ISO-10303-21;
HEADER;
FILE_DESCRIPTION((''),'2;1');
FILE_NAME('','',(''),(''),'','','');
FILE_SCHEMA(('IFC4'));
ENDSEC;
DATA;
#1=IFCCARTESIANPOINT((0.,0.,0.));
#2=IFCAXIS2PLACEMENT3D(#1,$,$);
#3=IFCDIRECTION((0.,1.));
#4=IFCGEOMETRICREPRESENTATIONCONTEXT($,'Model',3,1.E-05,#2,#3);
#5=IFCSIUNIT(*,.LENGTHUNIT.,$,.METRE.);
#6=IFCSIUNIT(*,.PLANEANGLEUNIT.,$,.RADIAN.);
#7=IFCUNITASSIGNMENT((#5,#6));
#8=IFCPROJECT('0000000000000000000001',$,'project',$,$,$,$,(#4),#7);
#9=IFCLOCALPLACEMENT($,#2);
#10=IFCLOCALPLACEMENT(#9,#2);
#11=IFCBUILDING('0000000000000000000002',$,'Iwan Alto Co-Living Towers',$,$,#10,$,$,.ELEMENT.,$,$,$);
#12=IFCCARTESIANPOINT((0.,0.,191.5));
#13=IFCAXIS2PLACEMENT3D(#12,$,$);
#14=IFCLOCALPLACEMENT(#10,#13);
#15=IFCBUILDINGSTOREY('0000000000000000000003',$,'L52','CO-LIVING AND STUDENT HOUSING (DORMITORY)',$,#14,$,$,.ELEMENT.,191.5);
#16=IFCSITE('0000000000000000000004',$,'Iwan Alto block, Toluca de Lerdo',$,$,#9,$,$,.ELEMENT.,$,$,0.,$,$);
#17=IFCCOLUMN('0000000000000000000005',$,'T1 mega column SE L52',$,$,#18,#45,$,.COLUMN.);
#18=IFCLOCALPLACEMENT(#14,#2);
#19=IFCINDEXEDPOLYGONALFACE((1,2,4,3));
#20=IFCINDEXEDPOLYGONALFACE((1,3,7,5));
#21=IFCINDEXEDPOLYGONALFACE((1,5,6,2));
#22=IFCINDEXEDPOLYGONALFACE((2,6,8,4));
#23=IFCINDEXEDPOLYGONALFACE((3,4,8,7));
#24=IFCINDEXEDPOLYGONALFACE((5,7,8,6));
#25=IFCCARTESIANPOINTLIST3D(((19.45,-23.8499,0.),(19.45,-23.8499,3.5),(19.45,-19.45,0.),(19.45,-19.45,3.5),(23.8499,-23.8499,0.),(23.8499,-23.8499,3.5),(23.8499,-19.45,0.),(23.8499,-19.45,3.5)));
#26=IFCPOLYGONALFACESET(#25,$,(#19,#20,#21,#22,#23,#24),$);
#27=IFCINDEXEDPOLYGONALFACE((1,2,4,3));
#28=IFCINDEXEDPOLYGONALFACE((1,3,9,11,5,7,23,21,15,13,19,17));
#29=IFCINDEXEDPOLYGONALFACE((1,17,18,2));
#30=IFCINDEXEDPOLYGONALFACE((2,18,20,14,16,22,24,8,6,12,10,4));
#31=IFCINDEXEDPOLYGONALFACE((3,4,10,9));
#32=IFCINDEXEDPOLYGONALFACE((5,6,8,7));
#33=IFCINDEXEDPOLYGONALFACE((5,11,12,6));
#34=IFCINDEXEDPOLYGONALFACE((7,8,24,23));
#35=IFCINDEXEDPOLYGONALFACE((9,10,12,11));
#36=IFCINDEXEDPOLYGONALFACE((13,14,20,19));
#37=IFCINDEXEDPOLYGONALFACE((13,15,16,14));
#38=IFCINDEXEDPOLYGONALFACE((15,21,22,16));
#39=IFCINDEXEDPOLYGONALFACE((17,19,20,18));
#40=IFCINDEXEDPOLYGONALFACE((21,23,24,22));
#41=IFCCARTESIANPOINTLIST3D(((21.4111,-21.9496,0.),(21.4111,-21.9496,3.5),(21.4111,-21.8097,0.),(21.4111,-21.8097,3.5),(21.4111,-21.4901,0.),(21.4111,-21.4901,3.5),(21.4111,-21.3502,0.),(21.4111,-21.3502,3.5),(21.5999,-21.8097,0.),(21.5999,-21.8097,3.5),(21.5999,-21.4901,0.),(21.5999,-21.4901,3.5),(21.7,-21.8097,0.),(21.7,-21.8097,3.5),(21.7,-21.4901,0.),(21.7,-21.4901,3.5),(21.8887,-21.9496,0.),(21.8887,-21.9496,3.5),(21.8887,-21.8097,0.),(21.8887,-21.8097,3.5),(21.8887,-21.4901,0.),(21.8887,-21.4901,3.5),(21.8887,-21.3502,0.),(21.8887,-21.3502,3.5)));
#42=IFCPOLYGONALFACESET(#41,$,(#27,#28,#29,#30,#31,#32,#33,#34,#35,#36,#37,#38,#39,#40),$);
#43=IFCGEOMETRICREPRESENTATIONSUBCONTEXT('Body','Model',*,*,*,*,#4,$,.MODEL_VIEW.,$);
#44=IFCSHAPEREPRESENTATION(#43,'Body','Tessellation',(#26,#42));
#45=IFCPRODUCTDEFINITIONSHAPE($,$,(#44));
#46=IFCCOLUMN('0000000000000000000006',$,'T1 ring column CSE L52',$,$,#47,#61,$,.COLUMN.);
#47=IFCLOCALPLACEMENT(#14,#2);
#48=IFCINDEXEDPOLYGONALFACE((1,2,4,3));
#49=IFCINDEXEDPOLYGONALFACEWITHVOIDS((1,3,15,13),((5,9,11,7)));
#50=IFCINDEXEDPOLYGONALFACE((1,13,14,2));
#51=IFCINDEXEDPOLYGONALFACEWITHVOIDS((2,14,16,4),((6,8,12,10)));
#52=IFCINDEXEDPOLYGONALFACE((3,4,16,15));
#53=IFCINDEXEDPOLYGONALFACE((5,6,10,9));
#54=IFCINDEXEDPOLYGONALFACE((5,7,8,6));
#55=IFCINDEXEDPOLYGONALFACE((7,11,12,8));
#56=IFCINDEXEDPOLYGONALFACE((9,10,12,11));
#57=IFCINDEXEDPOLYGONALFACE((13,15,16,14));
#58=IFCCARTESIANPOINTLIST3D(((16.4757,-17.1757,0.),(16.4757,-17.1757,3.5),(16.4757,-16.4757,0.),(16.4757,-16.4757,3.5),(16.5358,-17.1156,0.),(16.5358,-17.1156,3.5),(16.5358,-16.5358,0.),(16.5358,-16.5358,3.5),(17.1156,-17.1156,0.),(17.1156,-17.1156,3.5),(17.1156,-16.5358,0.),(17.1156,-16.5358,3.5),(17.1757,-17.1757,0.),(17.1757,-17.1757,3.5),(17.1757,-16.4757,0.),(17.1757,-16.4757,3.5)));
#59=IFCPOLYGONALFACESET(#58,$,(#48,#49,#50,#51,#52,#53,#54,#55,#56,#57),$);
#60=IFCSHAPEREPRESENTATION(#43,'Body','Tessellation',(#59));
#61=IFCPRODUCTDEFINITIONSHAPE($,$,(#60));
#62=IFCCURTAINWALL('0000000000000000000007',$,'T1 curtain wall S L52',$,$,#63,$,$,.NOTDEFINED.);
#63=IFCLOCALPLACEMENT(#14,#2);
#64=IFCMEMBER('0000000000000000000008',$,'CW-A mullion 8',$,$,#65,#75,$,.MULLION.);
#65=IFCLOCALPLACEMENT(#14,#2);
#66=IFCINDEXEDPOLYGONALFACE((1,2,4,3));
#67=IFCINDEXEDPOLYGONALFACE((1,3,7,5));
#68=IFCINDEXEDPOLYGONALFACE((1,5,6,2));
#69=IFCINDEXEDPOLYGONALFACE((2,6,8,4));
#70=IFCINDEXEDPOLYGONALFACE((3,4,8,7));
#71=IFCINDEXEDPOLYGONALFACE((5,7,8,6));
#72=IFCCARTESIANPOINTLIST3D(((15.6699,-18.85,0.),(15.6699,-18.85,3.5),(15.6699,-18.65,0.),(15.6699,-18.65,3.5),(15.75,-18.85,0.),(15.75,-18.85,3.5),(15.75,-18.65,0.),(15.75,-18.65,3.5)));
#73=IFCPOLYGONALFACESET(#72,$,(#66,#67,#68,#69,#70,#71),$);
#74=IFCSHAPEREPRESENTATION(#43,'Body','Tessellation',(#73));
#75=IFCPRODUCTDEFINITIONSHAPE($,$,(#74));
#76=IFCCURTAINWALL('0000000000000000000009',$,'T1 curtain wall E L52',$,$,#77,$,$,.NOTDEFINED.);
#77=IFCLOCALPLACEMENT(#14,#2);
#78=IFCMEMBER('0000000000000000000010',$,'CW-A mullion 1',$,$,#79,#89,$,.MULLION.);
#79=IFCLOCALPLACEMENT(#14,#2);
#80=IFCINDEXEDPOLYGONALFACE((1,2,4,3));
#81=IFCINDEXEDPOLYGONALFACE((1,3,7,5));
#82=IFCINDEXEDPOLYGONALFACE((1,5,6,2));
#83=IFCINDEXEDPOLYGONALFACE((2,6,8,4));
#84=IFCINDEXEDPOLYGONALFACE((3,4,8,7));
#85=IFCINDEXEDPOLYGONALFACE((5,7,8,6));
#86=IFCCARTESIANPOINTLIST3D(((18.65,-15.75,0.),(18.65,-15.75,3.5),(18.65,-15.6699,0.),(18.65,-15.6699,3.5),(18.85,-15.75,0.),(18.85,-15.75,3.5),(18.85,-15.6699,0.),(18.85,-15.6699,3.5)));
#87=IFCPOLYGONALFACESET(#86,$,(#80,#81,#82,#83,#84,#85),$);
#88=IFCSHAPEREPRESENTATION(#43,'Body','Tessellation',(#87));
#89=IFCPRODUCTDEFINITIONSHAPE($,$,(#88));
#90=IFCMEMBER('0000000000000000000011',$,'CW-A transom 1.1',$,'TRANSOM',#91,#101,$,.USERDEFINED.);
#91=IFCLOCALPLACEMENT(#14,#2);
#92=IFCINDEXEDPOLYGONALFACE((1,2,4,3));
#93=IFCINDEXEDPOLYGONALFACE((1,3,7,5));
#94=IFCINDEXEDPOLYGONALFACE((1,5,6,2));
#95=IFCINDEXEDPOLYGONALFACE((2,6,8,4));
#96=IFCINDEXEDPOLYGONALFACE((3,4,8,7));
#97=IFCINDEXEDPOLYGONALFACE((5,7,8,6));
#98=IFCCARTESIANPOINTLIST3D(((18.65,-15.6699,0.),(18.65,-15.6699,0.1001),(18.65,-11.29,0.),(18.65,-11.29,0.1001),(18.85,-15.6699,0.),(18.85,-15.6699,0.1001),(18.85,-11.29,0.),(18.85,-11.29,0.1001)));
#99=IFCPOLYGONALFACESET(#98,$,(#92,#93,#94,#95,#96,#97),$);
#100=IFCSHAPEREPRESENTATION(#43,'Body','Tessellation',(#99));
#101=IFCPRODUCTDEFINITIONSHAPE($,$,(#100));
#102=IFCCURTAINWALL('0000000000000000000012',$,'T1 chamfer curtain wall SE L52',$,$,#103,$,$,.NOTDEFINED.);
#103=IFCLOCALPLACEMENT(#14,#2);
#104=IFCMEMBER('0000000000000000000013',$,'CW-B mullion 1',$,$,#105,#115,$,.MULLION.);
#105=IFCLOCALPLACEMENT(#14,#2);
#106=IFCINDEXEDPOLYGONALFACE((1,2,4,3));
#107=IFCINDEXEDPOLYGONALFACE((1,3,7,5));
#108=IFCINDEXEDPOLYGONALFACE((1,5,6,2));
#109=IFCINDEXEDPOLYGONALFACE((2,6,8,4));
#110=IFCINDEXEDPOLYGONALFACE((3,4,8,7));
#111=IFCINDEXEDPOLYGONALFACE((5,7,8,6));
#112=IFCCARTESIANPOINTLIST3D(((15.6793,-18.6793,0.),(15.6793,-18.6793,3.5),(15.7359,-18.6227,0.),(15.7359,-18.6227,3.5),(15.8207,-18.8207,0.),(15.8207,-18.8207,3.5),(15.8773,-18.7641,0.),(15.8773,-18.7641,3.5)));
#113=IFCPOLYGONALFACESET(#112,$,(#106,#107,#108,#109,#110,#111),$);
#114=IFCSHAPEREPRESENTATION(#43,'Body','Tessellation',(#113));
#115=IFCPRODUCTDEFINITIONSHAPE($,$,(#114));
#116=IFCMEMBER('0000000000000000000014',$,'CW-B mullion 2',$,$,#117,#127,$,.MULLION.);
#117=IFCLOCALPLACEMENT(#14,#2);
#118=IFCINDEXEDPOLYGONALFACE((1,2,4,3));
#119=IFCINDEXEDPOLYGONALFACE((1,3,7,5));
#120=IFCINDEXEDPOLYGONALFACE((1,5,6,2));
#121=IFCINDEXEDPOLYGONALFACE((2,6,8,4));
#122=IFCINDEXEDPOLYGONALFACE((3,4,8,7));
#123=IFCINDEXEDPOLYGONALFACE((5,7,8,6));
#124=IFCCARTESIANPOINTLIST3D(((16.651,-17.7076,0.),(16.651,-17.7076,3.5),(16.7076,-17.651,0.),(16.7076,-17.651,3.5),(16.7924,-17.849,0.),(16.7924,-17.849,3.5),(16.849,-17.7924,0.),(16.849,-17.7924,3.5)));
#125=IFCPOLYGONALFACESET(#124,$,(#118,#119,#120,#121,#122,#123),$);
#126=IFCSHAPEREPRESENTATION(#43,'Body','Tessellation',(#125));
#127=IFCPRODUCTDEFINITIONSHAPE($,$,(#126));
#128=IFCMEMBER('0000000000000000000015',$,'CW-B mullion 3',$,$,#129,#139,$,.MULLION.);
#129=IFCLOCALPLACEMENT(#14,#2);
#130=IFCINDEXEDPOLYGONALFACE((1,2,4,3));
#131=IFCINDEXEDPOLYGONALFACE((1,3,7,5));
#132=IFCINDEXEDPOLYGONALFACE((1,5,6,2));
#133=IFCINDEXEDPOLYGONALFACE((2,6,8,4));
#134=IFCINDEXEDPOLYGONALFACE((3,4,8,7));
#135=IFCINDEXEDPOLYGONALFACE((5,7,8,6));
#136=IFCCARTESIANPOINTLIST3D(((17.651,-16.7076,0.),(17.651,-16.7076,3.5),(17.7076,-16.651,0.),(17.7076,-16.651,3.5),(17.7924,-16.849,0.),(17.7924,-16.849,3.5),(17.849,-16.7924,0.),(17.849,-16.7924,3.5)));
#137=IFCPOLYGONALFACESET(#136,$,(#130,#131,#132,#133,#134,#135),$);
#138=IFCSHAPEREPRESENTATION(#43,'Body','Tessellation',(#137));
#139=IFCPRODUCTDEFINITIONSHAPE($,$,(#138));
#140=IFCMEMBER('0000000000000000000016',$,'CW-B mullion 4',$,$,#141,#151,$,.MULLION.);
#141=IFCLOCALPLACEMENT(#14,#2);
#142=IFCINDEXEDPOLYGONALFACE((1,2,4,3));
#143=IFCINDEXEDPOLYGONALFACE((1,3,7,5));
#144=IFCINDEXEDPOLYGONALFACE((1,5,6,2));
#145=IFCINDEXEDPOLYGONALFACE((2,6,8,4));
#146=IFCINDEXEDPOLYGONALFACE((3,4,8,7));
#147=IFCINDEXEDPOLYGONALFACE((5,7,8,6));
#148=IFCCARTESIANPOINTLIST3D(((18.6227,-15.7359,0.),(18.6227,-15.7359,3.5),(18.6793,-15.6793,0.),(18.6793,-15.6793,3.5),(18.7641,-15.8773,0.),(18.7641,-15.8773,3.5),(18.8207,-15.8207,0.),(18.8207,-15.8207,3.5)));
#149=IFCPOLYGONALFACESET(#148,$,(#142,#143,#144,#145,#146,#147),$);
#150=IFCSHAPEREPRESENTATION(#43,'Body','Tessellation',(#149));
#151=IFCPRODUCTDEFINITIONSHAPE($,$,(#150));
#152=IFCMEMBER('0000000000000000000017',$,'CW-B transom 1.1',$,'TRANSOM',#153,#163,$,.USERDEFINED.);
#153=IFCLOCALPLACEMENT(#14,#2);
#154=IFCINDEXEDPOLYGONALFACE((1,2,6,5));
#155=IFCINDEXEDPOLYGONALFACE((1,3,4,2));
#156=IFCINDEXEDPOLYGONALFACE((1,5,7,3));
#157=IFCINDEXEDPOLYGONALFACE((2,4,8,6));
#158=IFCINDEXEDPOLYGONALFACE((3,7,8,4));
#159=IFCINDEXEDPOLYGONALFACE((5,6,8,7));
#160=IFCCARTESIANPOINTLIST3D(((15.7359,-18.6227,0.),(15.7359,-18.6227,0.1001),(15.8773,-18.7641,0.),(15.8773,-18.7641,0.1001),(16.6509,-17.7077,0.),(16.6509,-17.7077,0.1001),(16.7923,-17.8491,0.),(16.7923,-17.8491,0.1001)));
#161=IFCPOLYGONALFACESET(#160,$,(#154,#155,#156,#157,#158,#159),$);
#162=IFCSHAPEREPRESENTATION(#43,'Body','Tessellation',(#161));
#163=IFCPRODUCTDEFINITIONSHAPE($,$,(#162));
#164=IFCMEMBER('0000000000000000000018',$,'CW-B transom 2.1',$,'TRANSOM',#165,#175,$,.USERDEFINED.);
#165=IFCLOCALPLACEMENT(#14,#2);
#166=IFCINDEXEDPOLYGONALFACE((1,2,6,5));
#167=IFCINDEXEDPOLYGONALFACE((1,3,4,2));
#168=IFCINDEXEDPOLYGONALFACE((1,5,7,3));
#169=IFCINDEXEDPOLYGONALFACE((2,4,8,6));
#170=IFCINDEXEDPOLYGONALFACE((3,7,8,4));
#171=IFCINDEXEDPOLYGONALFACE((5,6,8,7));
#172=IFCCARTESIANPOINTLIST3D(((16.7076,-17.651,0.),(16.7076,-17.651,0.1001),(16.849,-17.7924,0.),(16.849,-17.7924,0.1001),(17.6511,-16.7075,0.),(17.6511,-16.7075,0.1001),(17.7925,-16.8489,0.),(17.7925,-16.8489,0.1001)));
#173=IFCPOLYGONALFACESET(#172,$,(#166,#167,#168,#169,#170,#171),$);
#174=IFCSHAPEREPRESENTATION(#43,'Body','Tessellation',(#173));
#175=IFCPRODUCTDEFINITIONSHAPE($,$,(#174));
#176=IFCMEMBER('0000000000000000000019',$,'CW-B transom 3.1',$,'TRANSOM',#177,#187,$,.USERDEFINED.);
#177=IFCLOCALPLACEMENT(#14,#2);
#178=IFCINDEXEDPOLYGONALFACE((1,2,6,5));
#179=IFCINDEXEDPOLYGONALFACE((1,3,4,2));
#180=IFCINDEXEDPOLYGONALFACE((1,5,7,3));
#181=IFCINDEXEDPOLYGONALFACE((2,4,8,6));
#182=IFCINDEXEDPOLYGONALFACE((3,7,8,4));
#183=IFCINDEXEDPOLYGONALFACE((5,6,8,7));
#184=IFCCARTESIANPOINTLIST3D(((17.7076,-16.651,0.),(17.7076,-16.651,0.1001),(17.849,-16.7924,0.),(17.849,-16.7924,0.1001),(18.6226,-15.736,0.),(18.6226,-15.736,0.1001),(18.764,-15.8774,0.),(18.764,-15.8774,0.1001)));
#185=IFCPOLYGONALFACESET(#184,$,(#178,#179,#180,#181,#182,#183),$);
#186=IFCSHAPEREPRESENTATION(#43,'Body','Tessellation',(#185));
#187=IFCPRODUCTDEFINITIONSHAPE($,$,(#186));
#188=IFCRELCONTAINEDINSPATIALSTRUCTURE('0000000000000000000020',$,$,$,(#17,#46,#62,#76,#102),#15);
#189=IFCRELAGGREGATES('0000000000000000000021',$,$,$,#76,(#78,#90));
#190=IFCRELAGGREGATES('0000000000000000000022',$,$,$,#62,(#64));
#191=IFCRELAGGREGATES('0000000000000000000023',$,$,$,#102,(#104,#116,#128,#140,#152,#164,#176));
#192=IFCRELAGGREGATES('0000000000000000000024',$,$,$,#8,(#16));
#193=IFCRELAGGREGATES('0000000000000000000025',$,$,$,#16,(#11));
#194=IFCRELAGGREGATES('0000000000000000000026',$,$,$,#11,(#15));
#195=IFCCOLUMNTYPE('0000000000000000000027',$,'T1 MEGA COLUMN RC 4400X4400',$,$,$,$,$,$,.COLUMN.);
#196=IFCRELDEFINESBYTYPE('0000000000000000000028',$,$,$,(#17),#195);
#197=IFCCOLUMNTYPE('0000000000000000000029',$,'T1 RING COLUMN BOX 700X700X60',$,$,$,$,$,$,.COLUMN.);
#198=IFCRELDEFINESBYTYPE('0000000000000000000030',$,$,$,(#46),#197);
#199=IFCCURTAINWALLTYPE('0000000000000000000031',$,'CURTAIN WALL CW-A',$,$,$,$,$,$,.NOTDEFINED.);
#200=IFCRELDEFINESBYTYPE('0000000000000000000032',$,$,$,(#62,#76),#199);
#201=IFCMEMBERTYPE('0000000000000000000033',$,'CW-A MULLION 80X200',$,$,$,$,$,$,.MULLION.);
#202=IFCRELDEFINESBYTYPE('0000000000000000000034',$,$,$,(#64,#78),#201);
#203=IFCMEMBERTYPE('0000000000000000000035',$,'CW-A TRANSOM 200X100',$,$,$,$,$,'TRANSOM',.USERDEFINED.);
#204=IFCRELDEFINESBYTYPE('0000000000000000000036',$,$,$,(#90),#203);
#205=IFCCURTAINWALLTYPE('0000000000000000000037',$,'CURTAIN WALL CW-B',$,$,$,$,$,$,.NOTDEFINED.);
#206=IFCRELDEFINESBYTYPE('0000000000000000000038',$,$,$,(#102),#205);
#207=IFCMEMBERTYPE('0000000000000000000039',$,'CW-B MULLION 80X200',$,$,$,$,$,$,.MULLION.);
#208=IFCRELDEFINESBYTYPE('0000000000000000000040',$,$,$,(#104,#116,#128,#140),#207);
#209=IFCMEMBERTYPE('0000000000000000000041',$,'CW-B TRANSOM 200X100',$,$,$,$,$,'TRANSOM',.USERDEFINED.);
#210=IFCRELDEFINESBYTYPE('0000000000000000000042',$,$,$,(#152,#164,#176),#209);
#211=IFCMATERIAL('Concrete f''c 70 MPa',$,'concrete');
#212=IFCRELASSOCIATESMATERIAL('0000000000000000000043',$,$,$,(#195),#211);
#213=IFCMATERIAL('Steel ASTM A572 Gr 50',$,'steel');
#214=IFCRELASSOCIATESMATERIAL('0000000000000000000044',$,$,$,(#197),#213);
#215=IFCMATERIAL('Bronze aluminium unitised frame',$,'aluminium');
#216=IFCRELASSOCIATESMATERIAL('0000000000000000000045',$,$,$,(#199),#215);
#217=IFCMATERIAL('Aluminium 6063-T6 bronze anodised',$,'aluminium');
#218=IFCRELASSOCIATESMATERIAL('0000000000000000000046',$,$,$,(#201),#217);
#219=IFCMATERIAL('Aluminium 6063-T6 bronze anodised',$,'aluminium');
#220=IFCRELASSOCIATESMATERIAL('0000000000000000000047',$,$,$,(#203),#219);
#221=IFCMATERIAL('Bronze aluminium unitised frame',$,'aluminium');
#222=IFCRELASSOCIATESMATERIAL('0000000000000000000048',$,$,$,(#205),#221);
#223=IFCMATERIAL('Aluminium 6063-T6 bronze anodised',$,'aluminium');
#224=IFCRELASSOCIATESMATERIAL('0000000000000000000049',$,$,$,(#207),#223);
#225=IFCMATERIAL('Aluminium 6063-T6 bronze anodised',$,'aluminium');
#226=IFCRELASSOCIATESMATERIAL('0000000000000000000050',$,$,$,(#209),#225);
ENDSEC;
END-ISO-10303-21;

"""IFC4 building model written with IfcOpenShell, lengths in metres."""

from ifc_helpers import new_model, si_unit, direction, frame, origin, origin_2d, place, context, subcontext, project, spatial, rectangle, hollow_rectangle, i_section, extrude, material, material_profile, profile_set, type_object, element, aggregate, save


model = new_model("IFC4")

# Units and contexts
model_context = context("Model", 3, precision=1e-05, world=origin(), true_north=direction((0.0, 1.0)))
body_context = subcontext(model_context, "Body", "Model", "MODEL_VIEW")
ifc_project = project(units=[si_unit("LENGTHUNIT", "METRE"), si_unit("PLANEANGLEUNIT", "RADIAN")], contexts=[model_context])

# Site, building, storey
site_placement = place(None, origin())
site = spatial("IfcSite", under=ifc_project, at=site_placement, Name="Iwan Alto block, Toluca de Lerdo", CompositionType="ELEMENT", RefElevation=0.0)
building_placement = place(site_placement, origin())
building = spatial("IfcBuilding", under=site, at=building_placement, Name="Iwan Alto Co-Living Towers", CompositionType="ELEMENT")
storey_placement = place(building_placement, frame((0.0, 0.0, 191.5)))
storey = spatial("IfcBuildingStorey", under=building, at=storey_placement, Name="L52", Description="CO-LIVING AND STUDENT HOUSING (DORMITORY)", CompositionType="ELEMENT", Elevation=191.5)

# Columns
ifc_material_1 = material(Name="Concrete f'c 70 MPa", Category="concrete")
ifc_material_profile_1 = material_profile(ifc_material_1, rectangle(XDim=4.3999, YDim=4.3999, at=origin_2d()), Name="RC 4400X4400")
ifc_profile_set_1 = profile_set([ifc_material_profile_1], Name="Concrete f'c 70 MPa")
column_type_1 = type_object("IfcColumnType", Name="T1 MEGA COLUMN RC 4400X4400", PredefinedType="COLUMN", material=ifc_profile_set_1)
column_1_placement = place(storey_placement, frame((21.6499, -21.6499, 0.0), z_axis=(0.0, 0.0, 1.0), x_axis=(1.0, 0.0, 0.0)))
element("IfcColumn", 1, at=column_1_placement, inside=storey, type_object=column_type_1, Name="T1 mega column SE L52", PredefinedType="COLUMN", context=body_context, shape_type="SweptSolid", body=[
    extrude(rectangle(XDim=4.3999, YDim=4.3999, at=origin_2d()), origin(), (0.0, 0.0, 1.0), 3.5),
    extrude(i_section(OverallWidth=0.4775, OverallDepth=0.5994, WebThickness=0.1001, FlangeThickness=0.1399, at=origin_2d()), origin(), (0.0, 0.0, 1.0), 3.5),
])
ifc_material_2 = material(Name="Steel ASTM A572 Gr 50", Category="steel")
ifc_material_profile_2 = material_profile(ifc_material_2, hollow_rectangle(XDim=0.7, YDim=0.7, WallThickness=0.0601, at=origin_2d()), Name="BOX 700X700X60")
ifc_profile_set_2 = profile_set([ifc_material_profile_2], Name="Steel ASTM A572 Gr 50")
column_type_2 = type_object("IfcColumnType", Name="T1 RING COLUMN BOX 700X700X60", PredefinedType="COLUMN", material=ifc_profile_set_2)
column_2_placement = place(storey_placement, frame((16.8257, -16.8257, 0.0), z_axis=(0.0, 0.0, 1.0), x_axis=(1.0, 0.0, 0.0)))
element("IfcColumn", 2, at=column_2_placement, inside=storey, type_object=column_type_2, Name="T1 ring column CSE L52", PredefinedType="COLUMN", context=body_context, shape_type="SweptSolid", body=[
    extrude(hollow_rectangle(XDim=0.7, YDim=0.7, WallThickness=0.0601, at=origin_2d()), origin(), (0.0, 0.0, 1.0), 3.5),
])

# Curtain wall, member
ifc_material_3 = material(Name="Bronze aluminium unitised frame", Category="aluminium")
curtain_wall_type_1 = type_object("IfcCurtainWallType", Name="CURTAIN WALL CW-A", PredefinedType="NOTDEFINED", material=ifc_material_3)
curtain_wall_1_placement = place(storey_placement, origin())
curtain_wall_1 = element("IfcCurtainWall", 3, at=curtain_wall_1_placement, inside=storey, type_object=curtain_wall_type_1, Name="T1 curtain wall S L52", PredefinedType="NOTDEFINED")
ifc_material_4 = material(Name="Aluminium 6063-T6 bronze anodised", Category="aluminium")
ifc_material_profile_3 = material_profile(ifc_material_4, rectangle(XDim=0.2, YDim=0.0801, at=origin_2d()), Name="AL 80X200")
ifc_profile_set_3 = profile_set([ifc_material_profile_3], Name="Aluminium 6063-T6 bronze anodised")
member_type_1 = type_object("IfcMemberType", Name="CW-A MULLION 80X200", PredefinedType="MULLION", material=ifc_profile_set_3)
member_1_placement = place(storey_placement, frame((15.71, -18.75, 0.0), z_axis=(0.0, 0.0, 1.0), x_axis=(0.0, 1.0, 0.0)))
member_1 = element("IfcMember", 4, at=member_1_placement, type_object=member_type_1, Name="CW-A mullion 8", PredefinedType="MULLION", context=body_context, shape_type="SweptSolid", body=[
    extrude(rectangle(XDim=0.2, YDim=0.0801, at=origin_2d()), origin(), (0.0, 0.0, 1.0), 3.5),
])

# Curtain walls, members
curtain_wall_2_placement = place(storey_placement, origin())
curtain_wall_2 = element("IfcCurtainWall", 5, at=curtain_wall_2_placement, inside=storey, type_object=curtain_wall_type_1, Name="T1 curtain wall E L52", PredefinedType="NOTDEFINED")
member_2_placement = place(storey_placement, frame((18.75, -15.71, 0.0), z_axis=(0.0, 0.0, 1.0), x_axis=(-1.0, 0.0, 0.0)))
member_2 = element("IfcMember", 6, at=member_2_placement, type_object=member_type_1, Name="CW-A mullion 1", PredefinedType="MULLION", context=body_context, shape_type="SweptSolid", body=[
    extrude(rectangle(XDim=0.2, YDim=0.0801, at=origin_2d()), origin(), (0.0, 0.0, 1.0), 3.5),
])
ifc_material_5 = material(Name="Aluminium 6063-T6 bronze anodised", Category="aluminium")
ifc_material_profile_4 = material_profile(ifc_material_5, rectangle(XDim=0.2, YDim=0.1001, at=origin_2d()), Name="AL 200X100")
ifc_profile_set_4 = profile_set([ifc_material_profile_4], Name="Aluminium 6063-T6 bronze anodised")
member_type_2 = type_object("IfcMemberType", Name="CW-A TRANSOM 200X100", ElementType="TRANSOM", PredefinedType="USERDEFINED", material=ifc_profile_set_4)
member_3_placement = place(storey_placement, frame((18.75, -15.6699, 0.05), z_axis=(0.0, 1.0, 0.0), x_axis=(-1.0, 0.0, 0.0)))
member_3 = element("IfcMember", 7, at=member_3_placement, type_object=member_type_2, Name="CW-A transom 1.1", ObjectType="TRANSOM", PredefinedType="USERDEFINED", context=body_context, shape_type="SweptSolid", body=[
    extrude(rectangle(XDim=0.2, YDim=0.1001, at=origin_2d()), origin(), (0.0, 0.0, 1.0), 4.3799),
])
aggregate(curtain_wall_2, [member_2, member_3])
ifc_material_6 = material(Name="Bronze aluminium unitised frame", Category="aluminium")
curtain_wall_type_2 = type_object("IfcCurtainWallType", Name="CURTAIN WALL CW-B", PredefinedType="NOTDEFINED", material=ifc_material_6)
curtain_wall_3_placement = place(storey_placement, origin())
curtain_wall_3 = element("IfcCurtainWall", 8, at=curtain_wall_3_placement, inside=storey, type_object=curtain_wall_type_2, Name="T1 chamfer curtain wall SE L52", PredefinedType="NOTDEFINED")
ifc_material_7 = material(Name="Aluminium 6063-T6 bronze anodised", Category="aluminium")
ifc_material_profile_5 = material_profile(ifc_material_7, rectangle(XDim=0.2, YDim=0.0801, at=origin_2d()), Name="AL 80X200")
ifc_profile_set_5 = profile_set([ifc_material_profile_5], Name="Aluminium 6063-T6 bronze anodised")
member_type_3 = type_object("IfcMemberType", Name="CW-B MULLION 80X200", PredefinedType="MULLION", material=ifc_profile_set_5)
member_4_placement = place(storey_placement, frame((15.7783, -18.7217, 0.0), z_axis=(0.0, 0.0, 1.0), x_axis=(-0.707107, 0.707107, 0.0)))
member_4 = element("IfcMember", 9, at=member_4_placement, type_object=member_type_3, Name="CW-B mullion 1", PredefinedType="MULLION", context=body_context, shape_type="SweptSolid", body=[
    extrude(rectangle(XDim=0.2, YDim=0.0801, at=origin_2d()), origin(), (0.0, 0.0, 1.0), 3.5),
])
member_5_placement = place(storey_placement, frame((16.75, -17.75, 0.0), z_axis=(0.0, 0.0, 1.0), x_axis=(-0.707107, 0.707107, 0.0)))
member_5 = element("IfcMember", 10, at=member_5_placement, type_object=member_type_3, Name="CW-B mullion 2", PredefinedType="MULLION", context=body_context, shape_type="SweptSolid", body=[
    extrude(rectangle(XDim=0.2, YDim=0.0801, at=origin_2d()), origin(), (0.0, 0.0, 1.0), 3.5),
])
member_6_placement = place(storey_placement, frame((17.75, -16.75, 0.0), z_axis=(0.0, 0.0, 1.0), x_axis=(-0.707107, 0.707107, 0.0)))
member_6 = element("IfcMember", 11, at=member_6_placement, type_object=member_type_3, Name="CW-B mullion 3", PredefinedType="MULLION", context=body_context, shape_type="SweptSolid", body=[
    extrude(rectangle(XDim=0.2, YDim=0.0801, at=origin_2d()), origin(), (0.0, 0.0, 1.0), 3.5),
])
member_7_placement = place(storey_placement, frame((18.7217, -15.7783, 0.0), z_axis=(0.0, 0.0, 1.0), x_axis=(-0.707107, 0.707107, 0.0)))
member_7 = element("IfcMember", 12, at=member_7_placement, type_object=member_type_3, Name="CW-B mullion 4", PredefinedType="MULLION", context=body_context, shape_type="SweptSolid", body=[
    extrude(rectangle(XDim=0.2, YDim=0.0801, at=origin_2d()), origin(), (0.0, 0.0, 1.0), 3.5),
])
ifc_material_8 = material(Name="Aluminium 6063-T6 bronze anodised", Category="aluminium")
ifc_material_profile_6 = material_profile(ifc_material_8, rectangle(XDim=0.2, YDim=0.1001, at=origin_2d()), Name="AL 200X100")
ifc_profile_set_6 = profile_set([ifc_material_profile_6], Name="Aluminium 6063-T6 bronze anodised")
member_type_4 = type_object("IfcMemberType", Name="CW-B TRANSOM 200X100", ElementType="TRANSOM", PredefinedType="USERDEFINED", material=ifc_profile_set_6)
member_8_placement = place(storey_placement, frame((15.8066, -18.6934, 0.05), z_axis=(0.707107, 0.707107, 0.0), x_axis=(-0.707107, 0.707107, 0.0)))
member_8 = element("IfcMember", 13, at=member_8_placement, type_object=member_type_4, Name="CW-B transom 1.1", ObjectType="TRANSOM", PredefinedType="USERDEFINED", context=body_context, shape_type="SweptSolid", body=[
    extrude(rectangle(XDim=0.2, YDim=0.1001, at=origin_2d()), origin(), (0.0, 0.0, 1.0), 1.2939),
])
member_9_placement = place(storey_placement, frame((16.7783, -17.7217, 0.05), z_axis=(0.707107, 0.707107, 0.0), x_axis=(-0.707107, 0.707107, 0.0)))
member_9 = element("IfcMember", 14, at=member_9_placement, type_object=member_type_4, Name="CW-B transom 2.1", ObjectType="TRANSOM", PredefinedType="USERDEFINED", context=body_context, shape_type="SweptSolid", body=[
    extrude(rectangle(XDim=0.2, YDim=0.1001, at=origin_2d()), origin(), (0.0, 0.0, 1.0), 1.3342),
])
member_10_placement = place(storey_placement, frame((17.7783, -16.7217, 0.05), z_axis=(0.707107, 0.707107, 0.0), x_axis=(-0.707107, 0.707107, 0.0)))
member_10 = element("IfcMember", 15, at=member_10_placement, type_object=member_type_4, Name="CW-B transom 3.1", ObjectType="TRANSOM", PredefinedType="USERDEFINED", context=body_context, shape_type="SweptSolid", body=[
    extrude(rectangle(XDim=0.2, YDim=0.1001, at=origin_2d()), origin(), (0.0, 0.0, 1.0), 1.2939),
])

aggregate(curtain_wall_1, [member_1])
aggregate(curtain_wall_3, [member_4, member_5, member_6, member_7, member_8, member_9, member_10])

save(model, "model.ifc")
